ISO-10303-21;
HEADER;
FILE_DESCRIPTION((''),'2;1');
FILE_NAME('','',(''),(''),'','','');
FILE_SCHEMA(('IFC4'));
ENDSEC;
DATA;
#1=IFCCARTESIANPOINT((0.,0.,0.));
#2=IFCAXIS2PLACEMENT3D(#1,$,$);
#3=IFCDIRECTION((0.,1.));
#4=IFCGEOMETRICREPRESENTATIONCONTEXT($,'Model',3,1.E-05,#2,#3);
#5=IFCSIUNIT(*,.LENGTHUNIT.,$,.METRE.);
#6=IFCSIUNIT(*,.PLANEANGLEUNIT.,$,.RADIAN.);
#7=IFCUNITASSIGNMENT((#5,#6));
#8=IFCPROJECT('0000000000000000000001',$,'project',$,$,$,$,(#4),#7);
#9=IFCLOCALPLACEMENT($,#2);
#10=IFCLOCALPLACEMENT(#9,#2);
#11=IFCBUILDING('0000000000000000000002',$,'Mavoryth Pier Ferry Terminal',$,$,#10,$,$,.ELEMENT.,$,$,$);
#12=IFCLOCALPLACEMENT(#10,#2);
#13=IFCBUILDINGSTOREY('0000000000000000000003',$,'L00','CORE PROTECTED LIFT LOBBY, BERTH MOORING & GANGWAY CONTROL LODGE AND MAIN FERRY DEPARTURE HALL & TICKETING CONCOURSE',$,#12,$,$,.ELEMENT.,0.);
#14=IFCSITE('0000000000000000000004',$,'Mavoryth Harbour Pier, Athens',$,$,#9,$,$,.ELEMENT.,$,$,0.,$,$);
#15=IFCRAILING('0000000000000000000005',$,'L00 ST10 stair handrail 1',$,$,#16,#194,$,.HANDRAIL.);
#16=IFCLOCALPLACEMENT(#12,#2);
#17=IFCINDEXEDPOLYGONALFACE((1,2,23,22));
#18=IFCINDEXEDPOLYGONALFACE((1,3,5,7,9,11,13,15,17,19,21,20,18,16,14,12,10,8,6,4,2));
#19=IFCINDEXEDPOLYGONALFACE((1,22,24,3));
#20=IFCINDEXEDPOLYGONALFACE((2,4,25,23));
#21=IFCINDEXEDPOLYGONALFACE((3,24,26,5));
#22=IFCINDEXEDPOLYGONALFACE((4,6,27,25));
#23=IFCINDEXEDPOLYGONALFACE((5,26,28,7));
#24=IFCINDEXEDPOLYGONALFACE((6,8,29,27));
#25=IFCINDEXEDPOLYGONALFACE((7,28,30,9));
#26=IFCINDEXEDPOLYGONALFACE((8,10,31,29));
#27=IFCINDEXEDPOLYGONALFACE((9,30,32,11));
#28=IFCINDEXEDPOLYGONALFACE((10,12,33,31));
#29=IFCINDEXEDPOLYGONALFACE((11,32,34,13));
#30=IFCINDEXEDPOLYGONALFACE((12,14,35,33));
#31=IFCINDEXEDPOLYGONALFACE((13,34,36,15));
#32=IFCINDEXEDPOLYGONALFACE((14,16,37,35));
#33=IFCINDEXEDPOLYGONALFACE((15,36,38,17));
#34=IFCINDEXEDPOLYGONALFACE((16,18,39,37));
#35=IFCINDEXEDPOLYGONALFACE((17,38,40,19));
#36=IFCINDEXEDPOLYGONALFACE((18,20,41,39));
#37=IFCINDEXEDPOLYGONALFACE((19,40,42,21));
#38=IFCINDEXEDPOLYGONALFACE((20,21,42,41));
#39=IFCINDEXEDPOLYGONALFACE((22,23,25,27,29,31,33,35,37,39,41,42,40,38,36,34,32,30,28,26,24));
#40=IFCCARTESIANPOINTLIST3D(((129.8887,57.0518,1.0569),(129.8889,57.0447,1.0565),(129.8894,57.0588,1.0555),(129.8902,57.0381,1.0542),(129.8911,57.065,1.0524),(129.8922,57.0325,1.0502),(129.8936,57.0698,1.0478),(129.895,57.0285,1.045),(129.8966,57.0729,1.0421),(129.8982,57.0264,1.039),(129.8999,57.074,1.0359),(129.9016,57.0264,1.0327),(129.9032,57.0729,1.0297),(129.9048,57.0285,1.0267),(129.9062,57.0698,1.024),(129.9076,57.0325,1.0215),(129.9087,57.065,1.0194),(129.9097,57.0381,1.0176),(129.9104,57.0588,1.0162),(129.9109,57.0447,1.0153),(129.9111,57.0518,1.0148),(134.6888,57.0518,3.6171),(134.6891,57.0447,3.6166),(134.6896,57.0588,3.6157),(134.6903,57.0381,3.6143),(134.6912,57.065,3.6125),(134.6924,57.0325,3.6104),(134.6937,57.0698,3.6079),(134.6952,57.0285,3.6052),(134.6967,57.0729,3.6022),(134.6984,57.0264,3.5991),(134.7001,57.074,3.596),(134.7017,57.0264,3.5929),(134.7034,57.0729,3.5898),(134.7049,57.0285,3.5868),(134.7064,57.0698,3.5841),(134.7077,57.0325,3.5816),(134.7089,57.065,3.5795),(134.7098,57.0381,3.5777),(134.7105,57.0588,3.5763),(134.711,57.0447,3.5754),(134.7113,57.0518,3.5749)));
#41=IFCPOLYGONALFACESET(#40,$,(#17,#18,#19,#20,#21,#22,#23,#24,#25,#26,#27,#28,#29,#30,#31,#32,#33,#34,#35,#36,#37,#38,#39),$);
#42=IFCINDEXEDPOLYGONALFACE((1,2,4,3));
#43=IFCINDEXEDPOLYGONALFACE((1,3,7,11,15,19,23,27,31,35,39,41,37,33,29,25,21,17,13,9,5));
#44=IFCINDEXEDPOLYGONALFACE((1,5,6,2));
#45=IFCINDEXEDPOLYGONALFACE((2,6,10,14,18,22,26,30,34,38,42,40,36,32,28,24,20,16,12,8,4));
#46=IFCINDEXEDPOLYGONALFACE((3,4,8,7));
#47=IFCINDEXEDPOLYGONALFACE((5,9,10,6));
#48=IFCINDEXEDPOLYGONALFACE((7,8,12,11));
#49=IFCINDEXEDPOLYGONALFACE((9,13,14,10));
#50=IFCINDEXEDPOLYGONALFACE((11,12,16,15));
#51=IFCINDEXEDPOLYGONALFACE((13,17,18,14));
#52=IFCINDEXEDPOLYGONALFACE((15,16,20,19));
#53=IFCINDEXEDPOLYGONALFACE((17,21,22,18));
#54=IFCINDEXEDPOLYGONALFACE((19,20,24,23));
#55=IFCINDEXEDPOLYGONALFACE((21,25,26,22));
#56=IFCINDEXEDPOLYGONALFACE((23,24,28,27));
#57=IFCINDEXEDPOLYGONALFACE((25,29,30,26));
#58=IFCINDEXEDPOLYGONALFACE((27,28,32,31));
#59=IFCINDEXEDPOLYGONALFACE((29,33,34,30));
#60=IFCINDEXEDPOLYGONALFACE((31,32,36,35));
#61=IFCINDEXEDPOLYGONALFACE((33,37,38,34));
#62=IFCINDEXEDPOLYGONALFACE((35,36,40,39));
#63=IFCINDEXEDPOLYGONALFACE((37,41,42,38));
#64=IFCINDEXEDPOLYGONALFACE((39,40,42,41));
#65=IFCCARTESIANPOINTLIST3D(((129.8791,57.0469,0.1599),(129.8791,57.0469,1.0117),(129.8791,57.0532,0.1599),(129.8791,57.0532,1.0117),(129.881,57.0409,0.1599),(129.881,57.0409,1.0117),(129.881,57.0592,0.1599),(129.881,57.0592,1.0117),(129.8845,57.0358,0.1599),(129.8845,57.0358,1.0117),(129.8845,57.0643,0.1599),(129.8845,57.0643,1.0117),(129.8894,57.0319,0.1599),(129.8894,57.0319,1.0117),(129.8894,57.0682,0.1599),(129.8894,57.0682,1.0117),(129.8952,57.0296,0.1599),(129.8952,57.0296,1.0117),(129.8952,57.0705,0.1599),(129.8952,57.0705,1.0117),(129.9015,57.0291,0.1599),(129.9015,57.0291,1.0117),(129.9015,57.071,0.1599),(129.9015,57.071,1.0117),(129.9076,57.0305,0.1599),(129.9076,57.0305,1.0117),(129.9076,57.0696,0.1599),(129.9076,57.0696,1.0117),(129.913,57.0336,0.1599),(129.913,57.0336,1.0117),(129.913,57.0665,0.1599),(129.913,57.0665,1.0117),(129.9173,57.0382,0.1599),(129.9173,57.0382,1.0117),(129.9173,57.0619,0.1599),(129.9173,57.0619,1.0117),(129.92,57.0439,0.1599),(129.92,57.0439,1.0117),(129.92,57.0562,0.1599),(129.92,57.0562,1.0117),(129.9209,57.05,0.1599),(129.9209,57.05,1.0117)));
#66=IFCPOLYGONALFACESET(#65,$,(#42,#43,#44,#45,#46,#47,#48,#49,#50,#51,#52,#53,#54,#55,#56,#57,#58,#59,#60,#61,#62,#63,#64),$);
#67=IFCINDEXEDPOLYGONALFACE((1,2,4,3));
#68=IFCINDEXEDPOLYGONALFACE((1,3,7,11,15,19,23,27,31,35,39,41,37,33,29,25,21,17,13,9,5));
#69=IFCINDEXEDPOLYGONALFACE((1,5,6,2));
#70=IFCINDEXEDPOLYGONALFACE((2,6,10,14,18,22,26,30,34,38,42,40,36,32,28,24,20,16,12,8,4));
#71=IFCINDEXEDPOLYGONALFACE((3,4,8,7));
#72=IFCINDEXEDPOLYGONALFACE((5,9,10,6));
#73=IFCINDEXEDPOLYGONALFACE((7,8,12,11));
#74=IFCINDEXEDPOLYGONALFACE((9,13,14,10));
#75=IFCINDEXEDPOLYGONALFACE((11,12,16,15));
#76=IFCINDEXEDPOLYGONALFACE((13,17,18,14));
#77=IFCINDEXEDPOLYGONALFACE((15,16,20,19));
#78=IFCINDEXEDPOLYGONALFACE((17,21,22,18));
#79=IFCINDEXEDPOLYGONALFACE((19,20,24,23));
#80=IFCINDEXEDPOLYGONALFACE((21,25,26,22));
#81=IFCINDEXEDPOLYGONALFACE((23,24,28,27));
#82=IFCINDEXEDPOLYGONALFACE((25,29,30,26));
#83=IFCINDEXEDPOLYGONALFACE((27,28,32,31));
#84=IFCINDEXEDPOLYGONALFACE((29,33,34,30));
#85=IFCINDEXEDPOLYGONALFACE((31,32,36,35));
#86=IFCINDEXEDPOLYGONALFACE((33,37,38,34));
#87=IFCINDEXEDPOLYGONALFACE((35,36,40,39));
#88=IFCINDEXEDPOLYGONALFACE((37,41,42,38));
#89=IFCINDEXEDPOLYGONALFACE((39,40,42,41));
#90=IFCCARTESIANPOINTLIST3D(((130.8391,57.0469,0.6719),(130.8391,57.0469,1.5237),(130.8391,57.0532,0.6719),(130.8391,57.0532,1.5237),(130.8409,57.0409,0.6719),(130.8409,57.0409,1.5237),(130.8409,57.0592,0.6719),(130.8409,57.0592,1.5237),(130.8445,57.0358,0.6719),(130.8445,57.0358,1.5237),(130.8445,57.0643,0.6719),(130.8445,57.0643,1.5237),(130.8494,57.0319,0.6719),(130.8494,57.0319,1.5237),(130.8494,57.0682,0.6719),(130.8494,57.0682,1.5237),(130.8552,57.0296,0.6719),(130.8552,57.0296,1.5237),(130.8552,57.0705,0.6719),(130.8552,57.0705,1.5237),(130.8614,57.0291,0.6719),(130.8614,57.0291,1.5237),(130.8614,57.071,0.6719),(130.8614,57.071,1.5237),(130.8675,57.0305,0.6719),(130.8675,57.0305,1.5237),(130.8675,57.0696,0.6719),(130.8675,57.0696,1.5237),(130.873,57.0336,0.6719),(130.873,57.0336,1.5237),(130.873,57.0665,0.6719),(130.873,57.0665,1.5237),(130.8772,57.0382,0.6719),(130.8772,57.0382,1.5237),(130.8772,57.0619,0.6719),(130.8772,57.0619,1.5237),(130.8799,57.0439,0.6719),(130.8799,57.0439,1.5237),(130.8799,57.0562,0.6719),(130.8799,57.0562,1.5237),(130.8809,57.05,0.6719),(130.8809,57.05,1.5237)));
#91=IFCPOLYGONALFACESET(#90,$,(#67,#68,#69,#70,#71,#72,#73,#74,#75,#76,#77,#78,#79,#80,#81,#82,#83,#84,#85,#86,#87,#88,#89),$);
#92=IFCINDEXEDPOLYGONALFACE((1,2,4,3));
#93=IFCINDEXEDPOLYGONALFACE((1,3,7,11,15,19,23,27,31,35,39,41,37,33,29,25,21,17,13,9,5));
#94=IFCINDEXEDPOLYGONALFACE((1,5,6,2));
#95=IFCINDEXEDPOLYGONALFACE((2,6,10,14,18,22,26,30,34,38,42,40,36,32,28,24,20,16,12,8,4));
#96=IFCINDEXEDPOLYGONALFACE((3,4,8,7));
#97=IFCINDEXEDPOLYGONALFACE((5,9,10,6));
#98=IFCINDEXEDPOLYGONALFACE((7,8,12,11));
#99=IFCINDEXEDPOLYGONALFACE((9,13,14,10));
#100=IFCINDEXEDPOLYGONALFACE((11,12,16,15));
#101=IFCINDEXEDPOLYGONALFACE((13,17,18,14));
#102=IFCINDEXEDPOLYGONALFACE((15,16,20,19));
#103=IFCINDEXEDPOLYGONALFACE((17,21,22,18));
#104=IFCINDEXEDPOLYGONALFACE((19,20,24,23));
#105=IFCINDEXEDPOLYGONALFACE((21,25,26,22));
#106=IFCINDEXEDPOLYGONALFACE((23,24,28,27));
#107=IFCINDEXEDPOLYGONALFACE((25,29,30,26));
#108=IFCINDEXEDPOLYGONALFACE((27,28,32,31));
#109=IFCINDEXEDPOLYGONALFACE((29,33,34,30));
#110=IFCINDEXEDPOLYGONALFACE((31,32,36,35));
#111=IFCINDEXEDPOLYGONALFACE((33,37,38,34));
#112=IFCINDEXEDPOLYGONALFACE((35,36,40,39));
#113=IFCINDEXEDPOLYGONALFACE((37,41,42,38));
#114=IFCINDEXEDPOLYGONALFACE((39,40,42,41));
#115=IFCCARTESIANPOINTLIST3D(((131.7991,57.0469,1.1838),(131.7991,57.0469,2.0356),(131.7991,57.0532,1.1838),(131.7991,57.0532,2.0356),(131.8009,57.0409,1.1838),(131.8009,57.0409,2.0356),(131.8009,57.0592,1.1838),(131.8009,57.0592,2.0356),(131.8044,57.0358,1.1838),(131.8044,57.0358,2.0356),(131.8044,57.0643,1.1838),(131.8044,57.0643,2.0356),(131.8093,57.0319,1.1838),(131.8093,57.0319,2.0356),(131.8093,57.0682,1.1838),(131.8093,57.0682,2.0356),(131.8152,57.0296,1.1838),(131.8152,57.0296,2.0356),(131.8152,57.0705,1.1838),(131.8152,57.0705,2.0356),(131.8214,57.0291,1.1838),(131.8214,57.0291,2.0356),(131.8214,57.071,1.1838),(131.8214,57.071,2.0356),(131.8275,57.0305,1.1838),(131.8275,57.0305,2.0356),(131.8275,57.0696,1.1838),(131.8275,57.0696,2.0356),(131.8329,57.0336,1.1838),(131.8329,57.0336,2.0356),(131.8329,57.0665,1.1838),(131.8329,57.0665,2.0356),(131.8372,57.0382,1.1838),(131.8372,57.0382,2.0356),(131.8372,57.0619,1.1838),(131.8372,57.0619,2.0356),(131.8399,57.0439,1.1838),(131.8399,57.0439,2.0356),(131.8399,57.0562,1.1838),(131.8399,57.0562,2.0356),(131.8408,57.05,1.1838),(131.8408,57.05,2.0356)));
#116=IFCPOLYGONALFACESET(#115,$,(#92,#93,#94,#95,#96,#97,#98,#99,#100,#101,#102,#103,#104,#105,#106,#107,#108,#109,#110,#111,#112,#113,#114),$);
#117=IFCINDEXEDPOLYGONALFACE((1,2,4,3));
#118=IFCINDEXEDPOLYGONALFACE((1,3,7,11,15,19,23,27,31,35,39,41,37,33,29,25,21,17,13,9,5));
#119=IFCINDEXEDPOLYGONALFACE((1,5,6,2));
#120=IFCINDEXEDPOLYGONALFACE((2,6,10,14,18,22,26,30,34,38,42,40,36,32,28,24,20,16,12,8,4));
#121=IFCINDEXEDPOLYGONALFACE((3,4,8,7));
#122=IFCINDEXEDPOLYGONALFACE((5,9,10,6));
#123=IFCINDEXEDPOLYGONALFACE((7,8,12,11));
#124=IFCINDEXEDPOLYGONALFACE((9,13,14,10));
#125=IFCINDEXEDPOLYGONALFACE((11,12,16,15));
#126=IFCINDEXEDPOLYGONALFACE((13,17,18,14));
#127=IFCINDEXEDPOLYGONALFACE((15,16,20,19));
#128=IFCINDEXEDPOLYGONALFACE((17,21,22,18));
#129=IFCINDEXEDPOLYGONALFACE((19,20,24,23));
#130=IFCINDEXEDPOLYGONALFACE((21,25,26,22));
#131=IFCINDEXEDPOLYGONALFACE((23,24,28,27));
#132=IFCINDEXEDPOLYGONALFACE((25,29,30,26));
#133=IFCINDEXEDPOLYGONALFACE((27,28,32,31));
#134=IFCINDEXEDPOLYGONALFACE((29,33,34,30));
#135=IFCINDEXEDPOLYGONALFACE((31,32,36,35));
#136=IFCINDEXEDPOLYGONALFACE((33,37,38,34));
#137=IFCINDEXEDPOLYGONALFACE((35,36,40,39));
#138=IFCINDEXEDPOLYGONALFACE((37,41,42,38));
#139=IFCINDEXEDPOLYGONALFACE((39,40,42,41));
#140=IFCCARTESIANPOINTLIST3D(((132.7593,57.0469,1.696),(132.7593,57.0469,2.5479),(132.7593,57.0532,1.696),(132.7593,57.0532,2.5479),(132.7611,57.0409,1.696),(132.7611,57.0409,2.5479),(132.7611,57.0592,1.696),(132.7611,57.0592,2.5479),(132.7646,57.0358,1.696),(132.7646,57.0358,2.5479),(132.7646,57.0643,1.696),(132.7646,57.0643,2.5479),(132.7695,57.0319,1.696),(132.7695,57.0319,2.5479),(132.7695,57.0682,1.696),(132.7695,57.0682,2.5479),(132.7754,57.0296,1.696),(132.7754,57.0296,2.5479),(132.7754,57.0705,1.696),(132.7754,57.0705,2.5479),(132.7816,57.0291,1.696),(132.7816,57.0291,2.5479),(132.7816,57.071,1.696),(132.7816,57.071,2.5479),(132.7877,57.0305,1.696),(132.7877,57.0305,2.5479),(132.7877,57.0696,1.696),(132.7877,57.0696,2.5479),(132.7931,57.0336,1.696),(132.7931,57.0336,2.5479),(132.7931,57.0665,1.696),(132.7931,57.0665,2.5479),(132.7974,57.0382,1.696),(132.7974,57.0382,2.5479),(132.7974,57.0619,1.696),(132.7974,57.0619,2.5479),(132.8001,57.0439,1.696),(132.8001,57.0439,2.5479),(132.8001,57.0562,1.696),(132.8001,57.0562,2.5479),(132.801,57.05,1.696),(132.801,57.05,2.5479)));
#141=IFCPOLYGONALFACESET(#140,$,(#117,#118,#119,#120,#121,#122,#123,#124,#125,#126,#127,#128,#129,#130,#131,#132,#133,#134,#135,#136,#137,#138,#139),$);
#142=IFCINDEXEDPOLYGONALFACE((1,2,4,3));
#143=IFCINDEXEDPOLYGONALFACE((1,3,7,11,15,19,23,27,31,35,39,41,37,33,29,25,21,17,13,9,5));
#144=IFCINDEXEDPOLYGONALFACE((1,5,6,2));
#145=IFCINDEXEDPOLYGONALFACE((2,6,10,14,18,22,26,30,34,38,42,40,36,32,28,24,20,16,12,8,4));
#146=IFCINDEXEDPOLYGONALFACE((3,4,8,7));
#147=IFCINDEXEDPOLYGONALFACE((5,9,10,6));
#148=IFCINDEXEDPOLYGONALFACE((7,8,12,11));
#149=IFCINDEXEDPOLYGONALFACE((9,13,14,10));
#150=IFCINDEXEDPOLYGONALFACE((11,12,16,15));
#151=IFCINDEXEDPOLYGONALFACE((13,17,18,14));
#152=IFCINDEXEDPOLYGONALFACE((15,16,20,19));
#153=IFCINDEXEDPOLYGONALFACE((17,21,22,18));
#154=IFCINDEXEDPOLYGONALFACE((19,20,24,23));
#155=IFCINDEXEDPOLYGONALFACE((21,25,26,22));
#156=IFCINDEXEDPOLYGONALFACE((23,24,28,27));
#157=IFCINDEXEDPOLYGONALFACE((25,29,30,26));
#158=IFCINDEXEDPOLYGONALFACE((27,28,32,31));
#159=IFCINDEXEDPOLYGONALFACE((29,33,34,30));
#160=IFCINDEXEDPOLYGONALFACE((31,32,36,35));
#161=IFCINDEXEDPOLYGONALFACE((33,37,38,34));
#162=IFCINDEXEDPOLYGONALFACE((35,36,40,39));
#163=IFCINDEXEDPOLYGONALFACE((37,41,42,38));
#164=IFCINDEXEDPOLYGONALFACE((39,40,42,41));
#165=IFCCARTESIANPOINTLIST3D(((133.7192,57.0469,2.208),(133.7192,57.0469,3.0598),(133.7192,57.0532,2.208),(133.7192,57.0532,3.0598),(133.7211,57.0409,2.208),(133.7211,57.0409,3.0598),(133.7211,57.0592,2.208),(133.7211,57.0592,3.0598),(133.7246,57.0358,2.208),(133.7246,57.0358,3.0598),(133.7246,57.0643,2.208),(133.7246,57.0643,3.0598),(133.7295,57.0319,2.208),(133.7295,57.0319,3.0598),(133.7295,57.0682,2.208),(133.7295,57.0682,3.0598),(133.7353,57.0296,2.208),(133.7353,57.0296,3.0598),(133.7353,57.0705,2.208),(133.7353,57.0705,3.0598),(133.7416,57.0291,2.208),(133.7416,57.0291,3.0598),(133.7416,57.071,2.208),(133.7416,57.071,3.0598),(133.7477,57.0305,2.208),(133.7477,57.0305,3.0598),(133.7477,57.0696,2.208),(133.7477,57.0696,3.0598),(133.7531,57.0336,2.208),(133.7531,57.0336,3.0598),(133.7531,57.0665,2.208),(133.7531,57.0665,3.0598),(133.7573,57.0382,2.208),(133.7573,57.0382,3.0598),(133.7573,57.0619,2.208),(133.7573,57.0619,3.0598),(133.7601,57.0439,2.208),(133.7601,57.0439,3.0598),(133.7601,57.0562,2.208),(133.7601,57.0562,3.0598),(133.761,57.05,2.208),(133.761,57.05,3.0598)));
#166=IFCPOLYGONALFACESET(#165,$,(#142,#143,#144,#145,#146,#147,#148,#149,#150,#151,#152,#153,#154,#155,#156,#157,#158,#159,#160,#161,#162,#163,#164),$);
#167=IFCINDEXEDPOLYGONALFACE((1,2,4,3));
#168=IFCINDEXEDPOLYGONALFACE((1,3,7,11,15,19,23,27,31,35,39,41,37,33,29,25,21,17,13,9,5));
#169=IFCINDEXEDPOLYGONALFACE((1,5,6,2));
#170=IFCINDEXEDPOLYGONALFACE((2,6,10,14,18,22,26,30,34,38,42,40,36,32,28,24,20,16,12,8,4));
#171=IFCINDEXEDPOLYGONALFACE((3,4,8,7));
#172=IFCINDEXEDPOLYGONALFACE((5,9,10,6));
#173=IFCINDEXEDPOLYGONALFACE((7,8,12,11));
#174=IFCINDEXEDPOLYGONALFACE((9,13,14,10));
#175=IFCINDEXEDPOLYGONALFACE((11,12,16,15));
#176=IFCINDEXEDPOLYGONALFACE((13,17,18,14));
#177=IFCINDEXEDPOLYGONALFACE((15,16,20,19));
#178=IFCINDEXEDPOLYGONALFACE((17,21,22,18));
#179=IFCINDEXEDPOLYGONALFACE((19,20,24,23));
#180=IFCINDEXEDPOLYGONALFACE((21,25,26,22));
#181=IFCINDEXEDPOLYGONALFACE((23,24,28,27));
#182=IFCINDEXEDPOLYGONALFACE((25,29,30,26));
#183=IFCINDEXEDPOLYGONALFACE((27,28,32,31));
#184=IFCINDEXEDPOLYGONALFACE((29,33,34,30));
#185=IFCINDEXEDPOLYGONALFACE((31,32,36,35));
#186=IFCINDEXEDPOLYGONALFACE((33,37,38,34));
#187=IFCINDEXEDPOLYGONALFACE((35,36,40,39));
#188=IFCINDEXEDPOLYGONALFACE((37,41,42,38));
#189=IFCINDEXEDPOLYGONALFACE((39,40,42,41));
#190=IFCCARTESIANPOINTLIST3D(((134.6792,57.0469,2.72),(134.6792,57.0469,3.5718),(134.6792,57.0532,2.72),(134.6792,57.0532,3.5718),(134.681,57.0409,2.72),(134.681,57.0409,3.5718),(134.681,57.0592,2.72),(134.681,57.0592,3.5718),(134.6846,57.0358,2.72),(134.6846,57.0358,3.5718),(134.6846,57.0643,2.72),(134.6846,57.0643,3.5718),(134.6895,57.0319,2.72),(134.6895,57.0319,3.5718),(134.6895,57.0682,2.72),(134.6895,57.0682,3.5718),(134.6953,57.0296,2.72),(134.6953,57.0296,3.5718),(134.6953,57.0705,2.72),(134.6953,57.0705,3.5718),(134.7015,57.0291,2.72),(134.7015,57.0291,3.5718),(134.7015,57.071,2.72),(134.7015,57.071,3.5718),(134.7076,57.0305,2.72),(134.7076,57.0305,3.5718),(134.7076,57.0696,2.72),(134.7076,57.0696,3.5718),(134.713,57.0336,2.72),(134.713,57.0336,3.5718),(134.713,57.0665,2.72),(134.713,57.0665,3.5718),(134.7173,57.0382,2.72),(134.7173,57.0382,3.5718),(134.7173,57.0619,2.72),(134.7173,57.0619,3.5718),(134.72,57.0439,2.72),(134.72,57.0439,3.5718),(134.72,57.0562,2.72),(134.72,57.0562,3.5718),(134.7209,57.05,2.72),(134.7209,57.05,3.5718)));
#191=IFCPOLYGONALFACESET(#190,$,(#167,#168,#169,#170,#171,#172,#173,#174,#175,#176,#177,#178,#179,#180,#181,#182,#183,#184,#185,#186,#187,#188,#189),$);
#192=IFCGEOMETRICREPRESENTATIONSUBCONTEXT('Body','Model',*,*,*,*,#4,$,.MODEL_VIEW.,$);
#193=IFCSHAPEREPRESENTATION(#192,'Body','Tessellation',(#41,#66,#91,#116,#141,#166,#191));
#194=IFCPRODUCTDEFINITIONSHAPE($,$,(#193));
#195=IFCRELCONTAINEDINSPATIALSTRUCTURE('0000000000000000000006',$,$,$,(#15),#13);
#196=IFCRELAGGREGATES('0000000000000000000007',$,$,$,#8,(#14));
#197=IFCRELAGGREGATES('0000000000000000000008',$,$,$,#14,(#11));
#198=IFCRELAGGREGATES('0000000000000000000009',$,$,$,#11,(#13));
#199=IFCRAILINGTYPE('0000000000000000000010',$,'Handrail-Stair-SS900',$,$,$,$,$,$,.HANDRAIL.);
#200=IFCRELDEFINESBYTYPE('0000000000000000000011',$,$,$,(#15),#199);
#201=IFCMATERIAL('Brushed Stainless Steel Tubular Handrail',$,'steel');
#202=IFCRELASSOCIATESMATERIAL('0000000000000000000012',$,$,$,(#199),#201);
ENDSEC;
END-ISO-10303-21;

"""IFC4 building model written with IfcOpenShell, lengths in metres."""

from ifc_helpers import new_model, si_unit, direction, frame, origin, origin_2d, place, context, subcontext, project, spatial, circle, extrude, material, type_object, element, save


model = new_model("IFC4")

# Units and contexts
model_context = context("Model", 3, precision=1e-05, world=origin(), true_north=direction((0.0, 1.0)))
body_context = subcontext(model_context, "Body", "Model", "MODEL_VIEW")
ifc_project = project(units=[si_unit("LENGTHUNIT", "METRE"), si_unit("PLANEANGLEUNIT", "RADIAN")], contexts=[model_context])

# Site, building, storey
site_placement = place(None, origin())
site = spatial("IfcSite", under=ifc_project, at=site_placement, Name="Mavoryth Harbour Pier, Athens", CompositionType="ELEMENT", RefElevation=0.0)
building_placement = place(site_placement, origin())
building = spatial("IfcBuilding", under=site, at=building_placement, Name="Mavoryth Pier Ferry Terminal", CompositionType="ELEMENT")
storey_placement = place(building_placement, origin())
storey = spatial("IfcBuildingStorey", under=building, at=storey_placement, Name="L00", Description="CORE PROTECTED LIFT LOBBY, BERTH MOORING & GANGWAY CONTROL LODGE AND MAIN FERRY DEPARTURE HALL & TICKETING CONCOURSE", CompositionType="ELEMENT", Elevation=0.0)

# Railing
ifc_material_1 = material(Name="Brushed Stainless Steel Tubular Handrail", Category="steel")
railing_type_1 = type_object("IfcRailingType", Name="Handrail-Stair-SS900", PredefinedType="HANDRAIL", material=ifc_material_1)
railing_1_placement = place(storey_placement, frame((129.8999, 57.05, 0.1599)))
element("IfcRailing", 1, at=railing_1_placement, inside=storey, type_object=railing_type_1, Name="L00 ST10 stair handrail 1", PredefinedType="HANDRAIL", context=body_context, shape_type="SweptSolid", body=[
    extrude(circle(Radius=0.0239, at=origin_2d()), frame((0.0, 0.0, 0.876), z_axis=(0.88235, 0.0, 0.470593), x_axis=(0.0, 1.0, 0.0)), (0.0, 0.0, 1.0), 5.4402),
    extrude(circle(Radius=0.021, at=origin_2d()), origin(), (0.0, 0.0, 1.0), 0.8518),
    extrude(circle(Radius=0.021, at=origin_2d()), frame((0.96, 0.0, 0.512)), (0.0, 0.0, 1.0), 0.8518),
    extrude(circle(Radius=0.021, at=origin_2d()), frame((1.9199, 0.0, 1.0239)), (0.0, 0.0, 1.0), 0.8518),
    extrude(circle(Radius=0.021, at=origin_2d()), frame((2.8801, 0.0, 1.5361)), (0.0, 0.0, 1.0), 0.8518),
    extrude(circle(Radius=0.021, at=origin_2d()), frame((3.8401, 0.0, 2.0481)), (0.0, 0.0, 1.0), 0.8518),
    extrude(circle(Radius=0.021, at=origin_2d()), frame((4.8, 0.0, 2.5601)), (0.0, 0.0, 1.0), 0.8518),
])

save(model, "model.ifc")
